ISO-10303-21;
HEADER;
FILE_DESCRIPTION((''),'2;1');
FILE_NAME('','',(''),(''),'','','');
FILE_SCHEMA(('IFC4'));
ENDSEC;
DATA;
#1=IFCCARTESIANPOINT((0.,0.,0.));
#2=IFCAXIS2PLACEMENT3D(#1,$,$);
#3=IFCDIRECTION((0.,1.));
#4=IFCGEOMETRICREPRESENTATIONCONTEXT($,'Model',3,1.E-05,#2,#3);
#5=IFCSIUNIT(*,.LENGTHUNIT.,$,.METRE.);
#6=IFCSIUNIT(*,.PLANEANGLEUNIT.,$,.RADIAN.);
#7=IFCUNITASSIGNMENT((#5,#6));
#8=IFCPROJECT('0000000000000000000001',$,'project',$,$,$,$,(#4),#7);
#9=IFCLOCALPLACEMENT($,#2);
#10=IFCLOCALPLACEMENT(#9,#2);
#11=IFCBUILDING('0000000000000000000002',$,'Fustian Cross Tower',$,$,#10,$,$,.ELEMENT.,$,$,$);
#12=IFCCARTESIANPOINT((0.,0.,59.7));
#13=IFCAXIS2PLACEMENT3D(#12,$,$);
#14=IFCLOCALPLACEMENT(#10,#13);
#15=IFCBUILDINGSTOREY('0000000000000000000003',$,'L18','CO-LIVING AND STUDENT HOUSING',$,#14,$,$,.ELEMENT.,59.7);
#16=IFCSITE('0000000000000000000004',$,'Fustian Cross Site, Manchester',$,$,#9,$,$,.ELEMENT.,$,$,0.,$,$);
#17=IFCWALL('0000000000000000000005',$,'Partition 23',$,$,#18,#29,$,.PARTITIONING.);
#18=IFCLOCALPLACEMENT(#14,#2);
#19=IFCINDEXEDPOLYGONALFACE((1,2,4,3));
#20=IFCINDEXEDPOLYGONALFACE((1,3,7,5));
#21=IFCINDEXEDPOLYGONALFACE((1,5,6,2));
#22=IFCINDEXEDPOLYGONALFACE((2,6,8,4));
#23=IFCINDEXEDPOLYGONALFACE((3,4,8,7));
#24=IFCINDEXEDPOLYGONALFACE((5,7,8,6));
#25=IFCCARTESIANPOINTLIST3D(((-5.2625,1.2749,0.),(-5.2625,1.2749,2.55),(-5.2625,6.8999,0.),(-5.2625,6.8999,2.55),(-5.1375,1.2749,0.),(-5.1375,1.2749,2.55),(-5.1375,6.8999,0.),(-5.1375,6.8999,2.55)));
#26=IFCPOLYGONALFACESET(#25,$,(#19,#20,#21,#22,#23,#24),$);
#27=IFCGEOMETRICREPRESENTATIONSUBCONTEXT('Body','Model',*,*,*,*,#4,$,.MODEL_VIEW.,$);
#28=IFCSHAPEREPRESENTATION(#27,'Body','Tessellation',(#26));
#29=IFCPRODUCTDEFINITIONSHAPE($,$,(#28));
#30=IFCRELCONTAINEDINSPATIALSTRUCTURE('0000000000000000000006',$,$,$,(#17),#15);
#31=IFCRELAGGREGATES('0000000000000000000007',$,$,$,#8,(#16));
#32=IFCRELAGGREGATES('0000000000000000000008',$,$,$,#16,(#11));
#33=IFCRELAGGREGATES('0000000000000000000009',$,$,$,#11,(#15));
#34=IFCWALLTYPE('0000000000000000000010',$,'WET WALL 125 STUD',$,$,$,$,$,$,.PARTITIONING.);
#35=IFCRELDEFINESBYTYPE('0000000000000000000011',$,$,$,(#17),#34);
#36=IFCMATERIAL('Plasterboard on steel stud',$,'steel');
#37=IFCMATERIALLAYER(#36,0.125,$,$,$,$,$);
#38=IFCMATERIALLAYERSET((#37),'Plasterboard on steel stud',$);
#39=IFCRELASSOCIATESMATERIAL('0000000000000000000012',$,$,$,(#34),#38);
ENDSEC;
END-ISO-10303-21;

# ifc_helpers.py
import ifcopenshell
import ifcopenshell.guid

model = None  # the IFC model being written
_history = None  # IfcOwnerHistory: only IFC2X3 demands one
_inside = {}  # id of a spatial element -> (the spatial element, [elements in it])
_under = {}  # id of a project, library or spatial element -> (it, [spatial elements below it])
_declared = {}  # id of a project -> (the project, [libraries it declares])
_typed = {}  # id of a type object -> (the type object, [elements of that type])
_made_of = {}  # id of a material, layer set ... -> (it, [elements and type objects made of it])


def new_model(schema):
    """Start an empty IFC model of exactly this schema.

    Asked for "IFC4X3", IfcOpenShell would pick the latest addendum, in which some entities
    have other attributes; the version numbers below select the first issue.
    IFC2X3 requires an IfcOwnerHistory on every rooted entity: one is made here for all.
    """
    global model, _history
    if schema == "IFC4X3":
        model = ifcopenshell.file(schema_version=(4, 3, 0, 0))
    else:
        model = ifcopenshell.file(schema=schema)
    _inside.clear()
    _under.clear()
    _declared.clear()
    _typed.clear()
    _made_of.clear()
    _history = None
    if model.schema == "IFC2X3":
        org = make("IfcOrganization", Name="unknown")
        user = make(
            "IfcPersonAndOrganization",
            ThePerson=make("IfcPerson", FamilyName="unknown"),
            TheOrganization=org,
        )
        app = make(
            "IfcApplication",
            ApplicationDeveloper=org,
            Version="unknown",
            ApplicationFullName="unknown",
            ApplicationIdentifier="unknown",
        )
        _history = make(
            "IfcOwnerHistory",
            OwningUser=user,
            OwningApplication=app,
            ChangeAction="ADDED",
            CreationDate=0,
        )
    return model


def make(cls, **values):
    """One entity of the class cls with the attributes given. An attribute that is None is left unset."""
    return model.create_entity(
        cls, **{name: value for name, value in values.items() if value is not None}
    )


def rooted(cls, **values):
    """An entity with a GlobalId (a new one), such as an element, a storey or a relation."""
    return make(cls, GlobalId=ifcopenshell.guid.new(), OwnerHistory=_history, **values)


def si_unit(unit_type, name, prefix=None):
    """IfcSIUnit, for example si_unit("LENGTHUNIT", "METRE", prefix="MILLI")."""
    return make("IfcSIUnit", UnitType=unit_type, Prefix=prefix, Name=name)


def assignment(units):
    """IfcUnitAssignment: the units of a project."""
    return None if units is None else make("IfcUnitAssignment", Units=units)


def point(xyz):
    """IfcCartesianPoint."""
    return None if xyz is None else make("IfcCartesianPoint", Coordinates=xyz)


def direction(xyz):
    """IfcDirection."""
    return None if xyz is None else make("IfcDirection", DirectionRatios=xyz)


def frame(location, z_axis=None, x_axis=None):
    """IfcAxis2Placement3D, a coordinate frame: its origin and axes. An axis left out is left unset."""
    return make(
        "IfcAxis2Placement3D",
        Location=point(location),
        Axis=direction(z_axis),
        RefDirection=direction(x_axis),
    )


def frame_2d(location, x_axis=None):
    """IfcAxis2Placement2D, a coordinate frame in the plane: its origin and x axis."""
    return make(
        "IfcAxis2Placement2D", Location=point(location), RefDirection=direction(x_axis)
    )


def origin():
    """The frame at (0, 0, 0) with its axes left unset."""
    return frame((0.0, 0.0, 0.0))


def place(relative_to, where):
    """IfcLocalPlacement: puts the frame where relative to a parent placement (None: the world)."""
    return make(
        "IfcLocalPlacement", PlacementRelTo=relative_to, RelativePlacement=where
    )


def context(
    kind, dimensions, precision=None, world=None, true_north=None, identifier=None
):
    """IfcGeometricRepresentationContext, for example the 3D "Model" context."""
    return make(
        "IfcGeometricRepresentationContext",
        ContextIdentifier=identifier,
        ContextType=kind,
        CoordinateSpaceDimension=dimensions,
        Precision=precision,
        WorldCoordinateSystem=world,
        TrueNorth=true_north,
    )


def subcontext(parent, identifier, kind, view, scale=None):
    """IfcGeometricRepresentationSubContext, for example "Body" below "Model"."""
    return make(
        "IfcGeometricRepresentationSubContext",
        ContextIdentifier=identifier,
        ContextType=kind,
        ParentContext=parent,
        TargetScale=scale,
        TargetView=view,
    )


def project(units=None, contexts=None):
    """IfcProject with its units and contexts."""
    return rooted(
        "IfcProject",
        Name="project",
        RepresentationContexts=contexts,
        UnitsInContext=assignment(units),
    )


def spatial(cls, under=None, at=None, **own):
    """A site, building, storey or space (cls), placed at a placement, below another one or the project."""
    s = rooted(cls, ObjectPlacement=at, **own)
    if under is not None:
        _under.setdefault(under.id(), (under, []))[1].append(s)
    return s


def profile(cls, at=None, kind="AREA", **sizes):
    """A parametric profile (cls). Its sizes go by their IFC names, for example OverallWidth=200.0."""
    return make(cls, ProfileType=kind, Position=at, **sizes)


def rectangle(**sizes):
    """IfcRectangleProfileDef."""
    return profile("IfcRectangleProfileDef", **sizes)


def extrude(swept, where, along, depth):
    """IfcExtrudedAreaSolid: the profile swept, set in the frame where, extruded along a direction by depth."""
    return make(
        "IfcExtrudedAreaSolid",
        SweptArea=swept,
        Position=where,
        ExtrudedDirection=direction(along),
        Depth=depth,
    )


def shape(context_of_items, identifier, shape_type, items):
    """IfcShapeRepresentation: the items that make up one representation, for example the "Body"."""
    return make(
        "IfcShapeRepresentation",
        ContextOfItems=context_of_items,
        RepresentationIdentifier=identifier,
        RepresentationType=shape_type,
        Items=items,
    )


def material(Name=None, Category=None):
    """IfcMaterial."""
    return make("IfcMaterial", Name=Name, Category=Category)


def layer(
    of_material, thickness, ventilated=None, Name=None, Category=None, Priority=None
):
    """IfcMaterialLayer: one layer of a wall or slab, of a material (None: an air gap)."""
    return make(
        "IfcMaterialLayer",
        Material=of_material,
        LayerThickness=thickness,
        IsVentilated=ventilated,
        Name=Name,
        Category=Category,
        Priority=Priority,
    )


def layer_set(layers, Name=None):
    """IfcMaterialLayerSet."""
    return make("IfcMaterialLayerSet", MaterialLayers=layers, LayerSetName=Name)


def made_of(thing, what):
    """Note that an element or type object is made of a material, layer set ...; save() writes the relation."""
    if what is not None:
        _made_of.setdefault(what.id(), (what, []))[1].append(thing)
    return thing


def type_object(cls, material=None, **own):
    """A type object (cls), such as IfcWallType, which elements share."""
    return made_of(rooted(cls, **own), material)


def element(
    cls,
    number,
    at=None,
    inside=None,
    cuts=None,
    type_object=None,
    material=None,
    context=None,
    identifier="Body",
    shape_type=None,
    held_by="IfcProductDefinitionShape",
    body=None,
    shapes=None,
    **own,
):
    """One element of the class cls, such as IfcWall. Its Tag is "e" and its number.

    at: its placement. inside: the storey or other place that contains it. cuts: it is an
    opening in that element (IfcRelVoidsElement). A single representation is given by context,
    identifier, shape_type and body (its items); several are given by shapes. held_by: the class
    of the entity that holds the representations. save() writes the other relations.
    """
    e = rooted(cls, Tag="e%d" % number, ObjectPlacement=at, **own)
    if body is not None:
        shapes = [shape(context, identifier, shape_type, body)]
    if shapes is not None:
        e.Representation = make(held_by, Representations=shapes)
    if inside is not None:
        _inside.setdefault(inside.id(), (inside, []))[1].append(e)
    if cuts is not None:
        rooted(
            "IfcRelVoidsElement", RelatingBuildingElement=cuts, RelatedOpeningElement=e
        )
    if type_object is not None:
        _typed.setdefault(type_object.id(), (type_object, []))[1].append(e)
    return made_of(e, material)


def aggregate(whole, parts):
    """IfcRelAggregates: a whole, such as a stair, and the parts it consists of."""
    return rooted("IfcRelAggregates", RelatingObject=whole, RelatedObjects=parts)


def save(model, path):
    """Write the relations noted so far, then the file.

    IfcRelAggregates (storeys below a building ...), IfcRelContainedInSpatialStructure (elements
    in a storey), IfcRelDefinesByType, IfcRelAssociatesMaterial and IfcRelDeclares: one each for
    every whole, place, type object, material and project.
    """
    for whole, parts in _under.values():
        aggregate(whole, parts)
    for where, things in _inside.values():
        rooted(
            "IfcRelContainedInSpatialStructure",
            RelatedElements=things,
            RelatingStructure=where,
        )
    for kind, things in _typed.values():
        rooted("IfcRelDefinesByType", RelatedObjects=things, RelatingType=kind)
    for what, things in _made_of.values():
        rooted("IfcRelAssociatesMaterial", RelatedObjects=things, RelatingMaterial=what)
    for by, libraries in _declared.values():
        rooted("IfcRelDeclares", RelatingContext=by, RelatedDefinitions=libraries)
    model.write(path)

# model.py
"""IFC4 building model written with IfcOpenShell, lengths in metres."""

from ifc_helpers import new_model, si_unit, direction, frame, frame_2d, origin, place, context, subcontext, project, spatial, rectangle, extrude, material, layer, layer_set, type_object, element, save


model = new_model("IFC4")

# Units and contexts
model_context = context("Model", 3, precision=1e-05, world=origin(), true_north=direction((0.0, 1.0)))
body_context = subcontext(model_context, "Body", "Model", "MODEL_VIEW")
ifc_project = project(units=[si_unit("LENGTHUNIT", "METRE"), si_unit("PLANEANGLEUNIT", "RADIAN")], contexts=[model_context])

# Site, building, storey
site_placement = place(None, origin())
site = spatial("IfcSite", under=ifc_project, at=site_placement, Name="Fustian Cross Site, Manchester", CompositionType="ELEMENT", RefElevation=0.0)
building_placement = place(site_placement, origin())
building = spatial("IfcBuilding", under=site, at=building_placement, Name="Fustian Cross Tower", CompositionType="ELEMENT")
storey_placement = place(building_placement, frame((0.0, 0.0, 59.7)))
storey = spatial("IfcBuildingStorey", under=building, at=storey_placement, Name="L18", Description="CO-LIVING AND STUDENT HOUSING", CompositionType="ELEMENT", Elevation=59.7)

# Wall
ifc_material_1 = material(Name="Plasterboard on steel stud", Category="steel")
ifc_layer_1 = layer(ifc_material_1, 0.125)
ifc_layer_set_1 = layer_set([ifc_layer_1], Name="Plasterboard on steel stud")
wall_type_1 = type_object("IfcWallType", Name="WET WALL 125 STUD", PredefinedType="PARTITIONING", material=ifc_layer_set_1)
wall_1_placement = place(storey_placement, frame((-5.2, 1.2749, 0.0), z_axis=(0.0, 0.0, 1.0), x_axis=(0.0, 1.0, 0.0)))
element("IfcWall", 1, at=wall_1_placement, inside=storey, type_object=wall_type_1, Name="Partition 23", PredefinedType="PARTITIONING", context=body_context, shape_type="SweptSolid", body=[
    extrude(rectangle(XDim=5.625, YDim=0.125, at=frame_2d((2.8125, 0.0))), origin(), (0.0, 0.0, 1.0), 2.55),
])

save(model, "model.ifc")
